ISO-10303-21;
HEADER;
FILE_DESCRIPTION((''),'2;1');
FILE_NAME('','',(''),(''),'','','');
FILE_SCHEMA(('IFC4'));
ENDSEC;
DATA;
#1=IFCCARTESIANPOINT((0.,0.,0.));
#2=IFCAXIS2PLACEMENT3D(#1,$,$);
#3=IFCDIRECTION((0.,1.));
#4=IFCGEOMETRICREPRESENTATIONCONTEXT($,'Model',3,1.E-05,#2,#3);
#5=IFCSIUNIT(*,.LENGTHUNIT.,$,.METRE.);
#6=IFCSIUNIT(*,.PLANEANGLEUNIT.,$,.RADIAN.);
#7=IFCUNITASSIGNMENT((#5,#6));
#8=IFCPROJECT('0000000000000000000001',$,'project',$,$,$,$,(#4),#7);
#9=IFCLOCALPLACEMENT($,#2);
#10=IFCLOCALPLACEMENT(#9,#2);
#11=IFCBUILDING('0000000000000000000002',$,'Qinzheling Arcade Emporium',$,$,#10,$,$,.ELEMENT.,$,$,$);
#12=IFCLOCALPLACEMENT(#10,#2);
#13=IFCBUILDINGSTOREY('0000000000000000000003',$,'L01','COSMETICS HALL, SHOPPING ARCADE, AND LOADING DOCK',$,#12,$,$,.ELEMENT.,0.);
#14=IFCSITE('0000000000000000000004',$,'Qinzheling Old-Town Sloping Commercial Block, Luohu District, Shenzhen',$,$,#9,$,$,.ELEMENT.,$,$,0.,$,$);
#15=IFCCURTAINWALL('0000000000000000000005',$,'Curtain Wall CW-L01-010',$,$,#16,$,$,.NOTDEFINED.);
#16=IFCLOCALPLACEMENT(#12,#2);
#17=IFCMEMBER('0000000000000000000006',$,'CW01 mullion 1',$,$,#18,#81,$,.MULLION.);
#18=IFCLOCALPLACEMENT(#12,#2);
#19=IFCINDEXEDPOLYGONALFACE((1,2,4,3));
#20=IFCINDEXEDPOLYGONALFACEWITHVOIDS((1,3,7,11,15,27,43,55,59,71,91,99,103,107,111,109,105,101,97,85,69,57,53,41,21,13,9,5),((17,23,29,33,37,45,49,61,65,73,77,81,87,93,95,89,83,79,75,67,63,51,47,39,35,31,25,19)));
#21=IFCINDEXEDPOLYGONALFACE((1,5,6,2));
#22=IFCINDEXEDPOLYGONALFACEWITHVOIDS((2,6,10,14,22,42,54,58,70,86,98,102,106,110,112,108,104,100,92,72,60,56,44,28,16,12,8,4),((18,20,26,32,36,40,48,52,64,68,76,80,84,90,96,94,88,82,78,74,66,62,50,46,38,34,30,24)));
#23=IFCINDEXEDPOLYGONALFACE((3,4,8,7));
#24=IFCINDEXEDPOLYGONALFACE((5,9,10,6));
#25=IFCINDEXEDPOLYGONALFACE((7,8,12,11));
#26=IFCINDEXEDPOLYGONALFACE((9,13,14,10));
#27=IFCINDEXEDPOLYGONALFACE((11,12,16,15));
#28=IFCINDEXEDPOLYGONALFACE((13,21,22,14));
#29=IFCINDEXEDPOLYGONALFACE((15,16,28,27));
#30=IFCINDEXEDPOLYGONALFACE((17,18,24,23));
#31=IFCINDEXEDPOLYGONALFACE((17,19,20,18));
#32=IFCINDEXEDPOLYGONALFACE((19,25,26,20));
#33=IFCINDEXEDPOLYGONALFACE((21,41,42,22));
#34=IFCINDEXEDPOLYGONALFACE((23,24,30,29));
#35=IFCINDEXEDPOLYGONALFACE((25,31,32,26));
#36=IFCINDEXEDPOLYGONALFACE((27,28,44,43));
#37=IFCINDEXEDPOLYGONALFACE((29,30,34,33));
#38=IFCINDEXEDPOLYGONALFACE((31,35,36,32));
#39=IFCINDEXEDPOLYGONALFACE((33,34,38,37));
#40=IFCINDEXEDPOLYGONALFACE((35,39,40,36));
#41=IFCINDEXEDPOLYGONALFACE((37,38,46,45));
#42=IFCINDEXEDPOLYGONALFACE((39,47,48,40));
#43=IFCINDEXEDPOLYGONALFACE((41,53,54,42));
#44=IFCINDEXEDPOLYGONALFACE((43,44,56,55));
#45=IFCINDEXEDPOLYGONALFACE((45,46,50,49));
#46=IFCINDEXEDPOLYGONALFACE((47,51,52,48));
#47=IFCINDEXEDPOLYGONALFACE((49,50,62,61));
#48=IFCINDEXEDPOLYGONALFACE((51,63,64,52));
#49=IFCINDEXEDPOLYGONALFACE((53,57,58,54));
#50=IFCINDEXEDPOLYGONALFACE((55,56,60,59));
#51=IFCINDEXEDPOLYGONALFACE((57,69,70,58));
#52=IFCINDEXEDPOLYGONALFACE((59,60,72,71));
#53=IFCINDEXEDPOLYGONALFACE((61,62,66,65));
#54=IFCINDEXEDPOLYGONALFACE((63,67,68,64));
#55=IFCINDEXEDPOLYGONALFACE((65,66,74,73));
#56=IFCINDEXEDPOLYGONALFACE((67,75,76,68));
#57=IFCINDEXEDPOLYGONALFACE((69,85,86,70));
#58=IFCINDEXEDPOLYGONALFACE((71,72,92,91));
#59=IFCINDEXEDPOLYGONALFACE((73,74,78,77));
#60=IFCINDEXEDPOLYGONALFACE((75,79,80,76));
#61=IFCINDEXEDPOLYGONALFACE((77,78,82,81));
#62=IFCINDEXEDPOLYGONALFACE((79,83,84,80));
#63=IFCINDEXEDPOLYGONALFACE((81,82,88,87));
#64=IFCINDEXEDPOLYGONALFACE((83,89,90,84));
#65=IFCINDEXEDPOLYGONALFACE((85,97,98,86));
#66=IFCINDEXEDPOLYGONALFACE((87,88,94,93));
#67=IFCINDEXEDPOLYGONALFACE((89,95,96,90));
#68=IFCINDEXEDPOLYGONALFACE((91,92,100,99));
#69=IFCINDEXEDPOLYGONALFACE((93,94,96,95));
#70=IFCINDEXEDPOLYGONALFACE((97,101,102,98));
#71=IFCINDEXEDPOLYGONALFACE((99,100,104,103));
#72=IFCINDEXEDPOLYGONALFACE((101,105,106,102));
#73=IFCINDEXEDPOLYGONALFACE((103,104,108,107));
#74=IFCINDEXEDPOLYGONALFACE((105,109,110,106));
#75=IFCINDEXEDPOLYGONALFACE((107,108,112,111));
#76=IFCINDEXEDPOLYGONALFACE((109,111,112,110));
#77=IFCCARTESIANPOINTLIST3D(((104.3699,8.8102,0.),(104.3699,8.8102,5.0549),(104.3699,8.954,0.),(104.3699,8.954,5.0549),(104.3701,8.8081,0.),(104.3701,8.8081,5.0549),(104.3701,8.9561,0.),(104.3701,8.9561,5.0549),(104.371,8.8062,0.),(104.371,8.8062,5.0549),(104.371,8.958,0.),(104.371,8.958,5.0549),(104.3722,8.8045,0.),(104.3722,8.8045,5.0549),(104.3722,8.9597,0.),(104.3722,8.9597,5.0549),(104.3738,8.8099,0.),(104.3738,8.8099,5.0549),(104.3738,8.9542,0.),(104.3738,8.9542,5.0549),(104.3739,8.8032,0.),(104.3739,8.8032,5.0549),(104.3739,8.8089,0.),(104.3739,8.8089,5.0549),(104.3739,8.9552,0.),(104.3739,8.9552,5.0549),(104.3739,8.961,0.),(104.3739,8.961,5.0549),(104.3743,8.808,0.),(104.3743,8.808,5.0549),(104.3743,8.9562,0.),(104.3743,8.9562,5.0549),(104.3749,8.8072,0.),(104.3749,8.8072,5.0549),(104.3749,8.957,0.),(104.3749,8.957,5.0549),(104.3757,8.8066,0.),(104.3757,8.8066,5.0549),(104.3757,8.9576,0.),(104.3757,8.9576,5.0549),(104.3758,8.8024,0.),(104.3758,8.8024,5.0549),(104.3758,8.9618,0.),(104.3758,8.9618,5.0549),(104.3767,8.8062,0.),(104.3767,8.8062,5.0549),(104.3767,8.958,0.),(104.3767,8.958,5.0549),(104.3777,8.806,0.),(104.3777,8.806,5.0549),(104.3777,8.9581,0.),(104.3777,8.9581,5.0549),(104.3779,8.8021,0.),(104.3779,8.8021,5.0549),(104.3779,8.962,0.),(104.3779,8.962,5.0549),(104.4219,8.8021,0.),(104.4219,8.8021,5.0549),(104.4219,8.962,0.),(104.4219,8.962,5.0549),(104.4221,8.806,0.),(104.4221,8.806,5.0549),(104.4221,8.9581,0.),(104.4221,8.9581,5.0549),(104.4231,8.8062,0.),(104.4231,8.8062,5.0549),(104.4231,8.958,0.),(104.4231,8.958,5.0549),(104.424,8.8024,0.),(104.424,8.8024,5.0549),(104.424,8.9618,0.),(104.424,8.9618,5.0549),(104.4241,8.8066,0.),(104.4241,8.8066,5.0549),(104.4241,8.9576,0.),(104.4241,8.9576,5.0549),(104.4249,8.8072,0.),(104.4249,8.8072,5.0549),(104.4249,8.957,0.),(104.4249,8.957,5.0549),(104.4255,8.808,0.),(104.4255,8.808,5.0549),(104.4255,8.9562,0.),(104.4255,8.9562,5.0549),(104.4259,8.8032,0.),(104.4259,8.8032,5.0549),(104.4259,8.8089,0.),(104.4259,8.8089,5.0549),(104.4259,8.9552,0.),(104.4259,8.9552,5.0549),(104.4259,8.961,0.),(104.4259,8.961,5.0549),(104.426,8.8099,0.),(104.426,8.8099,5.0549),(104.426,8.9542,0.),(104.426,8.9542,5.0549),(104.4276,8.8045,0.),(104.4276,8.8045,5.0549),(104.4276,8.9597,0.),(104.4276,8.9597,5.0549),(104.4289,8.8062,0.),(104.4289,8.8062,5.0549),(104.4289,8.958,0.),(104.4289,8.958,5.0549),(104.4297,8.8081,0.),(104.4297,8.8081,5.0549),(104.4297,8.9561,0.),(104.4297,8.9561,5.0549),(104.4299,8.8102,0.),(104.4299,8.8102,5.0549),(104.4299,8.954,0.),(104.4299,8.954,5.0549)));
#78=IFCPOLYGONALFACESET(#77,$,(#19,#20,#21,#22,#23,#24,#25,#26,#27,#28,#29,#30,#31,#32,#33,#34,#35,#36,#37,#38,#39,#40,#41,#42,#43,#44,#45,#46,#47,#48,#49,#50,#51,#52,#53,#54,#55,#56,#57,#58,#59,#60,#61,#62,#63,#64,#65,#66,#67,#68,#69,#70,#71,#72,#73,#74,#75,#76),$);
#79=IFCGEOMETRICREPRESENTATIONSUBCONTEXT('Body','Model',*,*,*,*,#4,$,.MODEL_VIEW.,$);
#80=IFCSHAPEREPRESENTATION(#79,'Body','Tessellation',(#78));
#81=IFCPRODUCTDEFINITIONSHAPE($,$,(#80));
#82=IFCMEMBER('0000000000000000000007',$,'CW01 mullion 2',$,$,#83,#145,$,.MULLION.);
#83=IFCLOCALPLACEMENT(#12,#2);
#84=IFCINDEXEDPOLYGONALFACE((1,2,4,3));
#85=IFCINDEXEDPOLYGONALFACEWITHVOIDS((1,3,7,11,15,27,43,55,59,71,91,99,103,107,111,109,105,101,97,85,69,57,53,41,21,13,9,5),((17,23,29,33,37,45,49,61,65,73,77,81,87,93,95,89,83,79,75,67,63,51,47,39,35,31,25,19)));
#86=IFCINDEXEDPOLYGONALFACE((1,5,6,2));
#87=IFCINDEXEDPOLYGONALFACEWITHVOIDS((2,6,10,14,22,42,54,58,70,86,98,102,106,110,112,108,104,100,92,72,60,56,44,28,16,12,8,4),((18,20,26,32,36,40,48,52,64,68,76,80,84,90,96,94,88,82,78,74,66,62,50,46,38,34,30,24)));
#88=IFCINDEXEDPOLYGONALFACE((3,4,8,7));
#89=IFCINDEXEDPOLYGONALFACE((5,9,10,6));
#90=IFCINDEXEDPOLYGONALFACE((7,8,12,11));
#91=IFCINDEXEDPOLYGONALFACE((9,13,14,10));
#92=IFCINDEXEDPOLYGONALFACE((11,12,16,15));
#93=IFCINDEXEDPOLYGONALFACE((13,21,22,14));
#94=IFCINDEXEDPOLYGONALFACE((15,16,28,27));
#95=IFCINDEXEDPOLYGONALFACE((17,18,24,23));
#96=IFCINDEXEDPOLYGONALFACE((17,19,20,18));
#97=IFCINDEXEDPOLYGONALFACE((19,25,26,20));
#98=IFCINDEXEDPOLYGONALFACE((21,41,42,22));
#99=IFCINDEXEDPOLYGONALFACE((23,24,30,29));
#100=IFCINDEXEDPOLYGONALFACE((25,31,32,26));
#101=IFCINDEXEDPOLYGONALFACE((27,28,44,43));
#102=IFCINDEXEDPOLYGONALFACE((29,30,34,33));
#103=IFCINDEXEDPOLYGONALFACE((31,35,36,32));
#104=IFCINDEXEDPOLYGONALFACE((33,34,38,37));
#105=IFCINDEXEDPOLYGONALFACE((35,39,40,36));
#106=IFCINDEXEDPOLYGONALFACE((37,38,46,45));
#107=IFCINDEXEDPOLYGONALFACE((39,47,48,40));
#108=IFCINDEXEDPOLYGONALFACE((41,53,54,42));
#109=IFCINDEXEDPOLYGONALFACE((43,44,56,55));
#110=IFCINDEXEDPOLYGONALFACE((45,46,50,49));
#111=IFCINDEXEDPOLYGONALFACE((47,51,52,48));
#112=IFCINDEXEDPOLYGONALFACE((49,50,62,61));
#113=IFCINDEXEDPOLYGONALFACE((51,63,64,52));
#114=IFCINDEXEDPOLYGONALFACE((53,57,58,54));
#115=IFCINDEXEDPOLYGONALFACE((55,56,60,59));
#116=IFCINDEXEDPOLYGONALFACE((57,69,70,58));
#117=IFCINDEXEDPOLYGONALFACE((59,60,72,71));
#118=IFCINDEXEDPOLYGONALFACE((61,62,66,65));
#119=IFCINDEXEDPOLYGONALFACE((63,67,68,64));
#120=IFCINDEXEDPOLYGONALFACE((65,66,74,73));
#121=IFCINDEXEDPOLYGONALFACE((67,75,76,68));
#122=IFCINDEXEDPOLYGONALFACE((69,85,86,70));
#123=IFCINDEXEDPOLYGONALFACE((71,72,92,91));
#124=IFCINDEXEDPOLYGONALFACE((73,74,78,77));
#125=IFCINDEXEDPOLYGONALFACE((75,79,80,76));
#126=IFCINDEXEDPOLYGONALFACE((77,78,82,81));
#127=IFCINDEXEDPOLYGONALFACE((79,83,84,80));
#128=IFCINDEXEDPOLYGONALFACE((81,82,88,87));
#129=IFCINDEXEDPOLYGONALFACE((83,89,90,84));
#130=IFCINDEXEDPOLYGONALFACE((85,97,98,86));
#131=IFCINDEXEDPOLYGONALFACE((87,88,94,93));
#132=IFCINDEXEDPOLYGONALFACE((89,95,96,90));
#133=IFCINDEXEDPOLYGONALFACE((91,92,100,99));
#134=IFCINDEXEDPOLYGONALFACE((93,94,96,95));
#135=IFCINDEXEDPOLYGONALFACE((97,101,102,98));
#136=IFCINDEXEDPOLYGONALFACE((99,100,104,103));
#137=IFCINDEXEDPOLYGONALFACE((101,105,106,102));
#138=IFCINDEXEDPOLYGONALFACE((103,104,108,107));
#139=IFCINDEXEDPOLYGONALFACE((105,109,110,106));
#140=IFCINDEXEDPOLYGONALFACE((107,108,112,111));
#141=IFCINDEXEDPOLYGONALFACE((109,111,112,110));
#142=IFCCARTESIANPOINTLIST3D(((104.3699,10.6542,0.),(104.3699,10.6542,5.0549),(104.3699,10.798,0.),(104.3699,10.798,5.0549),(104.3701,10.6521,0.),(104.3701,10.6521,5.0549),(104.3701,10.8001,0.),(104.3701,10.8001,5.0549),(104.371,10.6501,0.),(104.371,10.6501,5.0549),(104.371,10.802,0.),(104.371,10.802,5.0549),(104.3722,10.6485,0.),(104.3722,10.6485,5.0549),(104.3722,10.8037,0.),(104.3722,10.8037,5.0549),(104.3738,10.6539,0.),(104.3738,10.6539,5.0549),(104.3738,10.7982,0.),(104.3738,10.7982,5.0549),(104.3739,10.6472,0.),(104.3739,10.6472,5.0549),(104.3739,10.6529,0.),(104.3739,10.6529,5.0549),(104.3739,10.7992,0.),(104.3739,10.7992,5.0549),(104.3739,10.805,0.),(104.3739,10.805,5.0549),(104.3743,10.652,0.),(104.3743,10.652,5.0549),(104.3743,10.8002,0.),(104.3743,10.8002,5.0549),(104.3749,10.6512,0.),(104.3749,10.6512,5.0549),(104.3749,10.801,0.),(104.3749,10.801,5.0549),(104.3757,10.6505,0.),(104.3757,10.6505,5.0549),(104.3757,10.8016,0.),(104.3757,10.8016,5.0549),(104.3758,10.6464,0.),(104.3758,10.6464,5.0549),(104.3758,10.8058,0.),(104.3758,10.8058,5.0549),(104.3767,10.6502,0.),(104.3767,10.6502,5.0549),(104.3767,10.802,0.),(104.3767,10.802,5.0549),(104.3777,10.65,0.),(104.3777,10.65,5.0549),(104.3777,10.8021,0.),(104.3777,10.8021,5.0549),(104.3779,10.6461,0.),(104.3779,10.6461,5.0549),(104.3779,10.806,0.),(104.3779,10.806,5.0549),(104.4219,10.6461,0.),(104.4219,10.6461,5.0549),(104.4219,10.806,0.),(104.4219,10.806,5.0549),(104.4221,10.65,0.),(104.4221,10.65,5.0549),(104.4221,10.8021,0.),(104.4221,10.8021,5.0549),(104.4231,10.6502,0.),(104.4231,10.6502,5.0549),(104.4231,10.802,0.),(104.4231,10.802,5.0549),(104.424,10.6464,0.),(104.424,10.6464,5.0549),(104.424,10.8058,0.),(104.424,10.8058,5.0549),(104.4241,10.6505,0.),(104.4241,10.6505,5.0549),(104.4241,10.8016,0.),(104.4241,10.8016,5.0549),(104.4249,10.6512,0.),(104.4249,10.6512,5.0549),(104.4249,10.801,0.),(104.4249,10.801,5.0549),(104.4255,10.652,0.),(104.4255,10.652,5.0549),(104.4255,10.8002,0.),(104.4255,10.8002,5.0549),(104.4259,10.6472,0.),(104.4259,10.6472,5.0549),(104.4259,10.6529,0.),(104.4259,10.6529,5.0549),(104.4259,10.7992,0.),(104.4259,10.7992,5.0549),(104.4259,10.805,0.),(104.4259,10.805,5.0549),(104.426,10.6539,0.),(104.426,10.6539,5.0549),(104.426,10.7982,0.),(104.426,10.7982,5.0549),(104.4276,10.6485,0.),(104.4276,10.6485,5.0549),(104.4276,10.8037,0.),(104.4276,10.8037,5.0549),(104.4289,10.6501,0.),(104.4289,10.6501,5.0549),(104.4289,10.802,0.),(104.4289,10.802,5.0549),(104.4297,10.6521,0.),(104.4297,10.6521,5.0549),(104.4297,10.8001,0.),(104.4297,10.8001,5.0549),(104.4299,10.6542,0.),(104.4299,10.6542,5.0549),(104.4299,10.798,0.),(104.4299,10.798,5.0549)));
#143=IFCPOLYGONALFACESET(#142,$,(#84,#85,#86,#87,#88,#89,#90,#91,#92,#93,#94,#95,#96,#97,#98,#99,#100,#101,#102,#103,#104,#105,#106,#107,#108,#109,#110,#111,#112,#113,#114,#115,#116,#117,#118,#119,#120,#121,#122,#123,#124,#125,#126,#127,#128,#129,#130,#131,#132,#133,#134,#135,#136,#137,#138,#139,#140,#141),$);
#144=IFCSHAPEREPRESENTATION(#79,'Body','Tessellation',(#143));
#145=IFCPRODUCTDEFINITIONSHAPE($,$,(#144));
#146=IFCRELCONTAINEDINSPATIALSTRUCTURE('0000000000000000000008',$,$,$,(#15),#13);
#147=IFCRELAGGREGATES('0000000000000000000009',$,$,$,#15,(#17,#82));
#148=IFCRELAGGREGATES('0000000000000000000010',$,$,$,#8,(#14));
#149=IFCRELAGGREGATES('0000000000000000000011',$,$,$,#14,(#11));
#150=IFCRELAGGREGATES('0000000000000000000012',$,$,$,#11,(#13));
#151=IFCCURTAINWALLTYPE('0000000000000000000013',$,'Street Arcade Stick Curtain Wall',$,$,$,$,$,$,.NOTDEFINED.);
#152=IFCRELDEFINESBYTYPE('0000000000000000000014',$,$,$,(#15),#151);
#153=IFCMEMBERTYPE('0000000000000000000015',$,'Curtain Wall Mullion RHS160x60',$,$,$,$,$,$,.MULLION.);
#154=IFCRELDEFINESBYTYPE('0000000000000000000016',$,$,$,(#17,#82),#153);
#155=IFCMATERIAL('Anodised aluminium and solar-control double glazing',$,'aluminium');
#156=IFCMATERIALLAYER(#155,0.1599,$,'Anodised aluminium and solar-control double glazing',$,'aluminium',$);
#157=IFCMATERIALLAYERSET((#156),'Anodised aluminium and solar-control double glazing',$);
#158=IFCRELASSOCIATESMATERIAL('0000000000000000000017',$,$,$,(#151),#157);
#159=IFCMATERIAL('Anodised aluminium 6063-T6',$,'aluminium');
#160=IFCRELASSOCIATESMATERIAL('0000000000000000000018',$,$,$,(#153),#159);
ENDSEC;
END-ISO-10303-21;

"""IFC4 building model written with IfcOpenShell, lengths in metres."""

from ifc_helpers import new_model, si_unit, direction, frame, origin, origin_2d, place, context, subcontext, project, spatial, hollow_rectangle, extrude, material, layer, layer_set, material_profile, profile_set, type_object, element, aggregate, save


model = new_model("IFC4")

# Units and contexts
model_context = context("Model", 3, precision=1e-05, world=origin(), true_north=direction((0.0, 1.0)))
body_context = subcontext(model_context, "Body", "Model", "MODEL_VIEW")
ifc_project = project(units=[si_unit("LENGTHUNIT", "METRE"), si_unit("PLANEANGLEUNIT", "RADIAN")], contexts=[model_context])

# Site, building, storey
site_placement = place(None, origin())
site = spatial("IfcSite", under=ifc_project, at=site_placement, Name="Qinzheling Old-Town Sloping Commercial Block, Luohu District, Shenzhen", CompositionType="ELEMENT", RefElevation=0.0)
building_placement = place(site_placement, origin())
building = spatial("IfcBuilding", under=site, at=building_placement, Name="Qinzheling Arcade Emporium", CompositionType="ELEMENT")
storey_placement = place(building_placement, origin())
storey = spatial("IfcBuildingStorey", under=building, at=storey_placement, Name="L01", Description="COSMETICS HALL, SHOPPING ARCADE, AND LOADING DOCK", CompositionType="ELEMENT", Elevation=0.0)

# Curtain wall, members
ifc_material_1 = material(Name="Anodised aluminium and solar-control double glazing", Category="aluminium")
ifc_layer_1 = layer(ifc_material_1, 0.1599, Name="Anodised aluminium and solar-control double glazing", Category="aluminium")
ifc_layer_set_1 = layer_set([ifc_layer_1], Name="Anodised aluminium and solar-control double glazing")
curtain_wall_type = type_object("IfcCurtainWallType", Name="Street Arcade Stick Curtain Wall", PredefinedType="NOTDEFINED", material=ifc_layer_set_1)
curtain_wall_placement = place(storey_placement, origin())
curtain_wall = element("IfcCurtainWall", 1, at=curtain_wall_placement, inside=storey, type_object=curtain_wall_type, Name="Curtain Wall CW-L01-010", PredefinedType="NOTDEFINED")
ifc_material_2 = material(Name="Anodised aluminium 6063-T6", Category="aluminium")
ifc_material_profile_1 = material_profile(ifc_material_2, hollow_rectangle(XDim=0.0601, YDim=0.1599, WallThickness=0.0039, InnerFilletRadius=0.0039, OuterFilletRadius=0.0081, at=origin_2d()), Name="RHS 160x60x4", Category="aluminium")
ifc_profile_set_1 = profile_set([ifc_material_profile_1], Name="Anodised aluminium 6063-T6")
member_type_1 = type_object("IfcMemberType", Name="Curtain Wall Mullion RHS160x60", PredefinedType="MULLION", material=ifc_profile_set_1)
member_1_placement = place(storey_placement, frame((104.3999, 8.8821, 0.0), z_axis=(0.0, 0.0, 1.0), x_axis=(-1.0, 0.0, 0.0)))
member_1 = element("IfcMember", 2, at=member_1_placement, type_object=member_type_1, Name="CW01 mullion 1", PredefinedType="MULLION", context=body_context, shape_type="SweptSolid", body=[
    extrude(hollow_rectangle(XDim=0.0601, YDim=0.1599, WallThickness=0.0039, InnerFilletRadius=0.0039, OuterFilletRadius=0.0081, at=origin_2d()), origin(), (0.0, 0.0, 1.0), 5.0549),
])
member_2_placement = place(storey_placement, frame((104.3999, 10.7261, 0.0), z_axis=(0.0, 0.0, 1.0), x_axis=(-1.0, 0.0, 0.0)))
member_2 = element("IfcMember", 3, at=member_2_placement, type_object=member_type_1, Name="CW01 mullion 2", PredefinedType="MULLION", context=body_context, shape_type="SweptSolid", body=[
    extrude(hollow_rectangle(XDim=0.0601, YDim=0.1599, WallThickness=0.0039, InnerFilletRadius=0.0039, OuterFilletRadius=0.0081, at=origin_2d()), origin(), (0.0, 0.0, 1.0), 5.0549),
])

aggregate(curtain_wall, [member_1, member_2])

save(model, "model.ifc")
